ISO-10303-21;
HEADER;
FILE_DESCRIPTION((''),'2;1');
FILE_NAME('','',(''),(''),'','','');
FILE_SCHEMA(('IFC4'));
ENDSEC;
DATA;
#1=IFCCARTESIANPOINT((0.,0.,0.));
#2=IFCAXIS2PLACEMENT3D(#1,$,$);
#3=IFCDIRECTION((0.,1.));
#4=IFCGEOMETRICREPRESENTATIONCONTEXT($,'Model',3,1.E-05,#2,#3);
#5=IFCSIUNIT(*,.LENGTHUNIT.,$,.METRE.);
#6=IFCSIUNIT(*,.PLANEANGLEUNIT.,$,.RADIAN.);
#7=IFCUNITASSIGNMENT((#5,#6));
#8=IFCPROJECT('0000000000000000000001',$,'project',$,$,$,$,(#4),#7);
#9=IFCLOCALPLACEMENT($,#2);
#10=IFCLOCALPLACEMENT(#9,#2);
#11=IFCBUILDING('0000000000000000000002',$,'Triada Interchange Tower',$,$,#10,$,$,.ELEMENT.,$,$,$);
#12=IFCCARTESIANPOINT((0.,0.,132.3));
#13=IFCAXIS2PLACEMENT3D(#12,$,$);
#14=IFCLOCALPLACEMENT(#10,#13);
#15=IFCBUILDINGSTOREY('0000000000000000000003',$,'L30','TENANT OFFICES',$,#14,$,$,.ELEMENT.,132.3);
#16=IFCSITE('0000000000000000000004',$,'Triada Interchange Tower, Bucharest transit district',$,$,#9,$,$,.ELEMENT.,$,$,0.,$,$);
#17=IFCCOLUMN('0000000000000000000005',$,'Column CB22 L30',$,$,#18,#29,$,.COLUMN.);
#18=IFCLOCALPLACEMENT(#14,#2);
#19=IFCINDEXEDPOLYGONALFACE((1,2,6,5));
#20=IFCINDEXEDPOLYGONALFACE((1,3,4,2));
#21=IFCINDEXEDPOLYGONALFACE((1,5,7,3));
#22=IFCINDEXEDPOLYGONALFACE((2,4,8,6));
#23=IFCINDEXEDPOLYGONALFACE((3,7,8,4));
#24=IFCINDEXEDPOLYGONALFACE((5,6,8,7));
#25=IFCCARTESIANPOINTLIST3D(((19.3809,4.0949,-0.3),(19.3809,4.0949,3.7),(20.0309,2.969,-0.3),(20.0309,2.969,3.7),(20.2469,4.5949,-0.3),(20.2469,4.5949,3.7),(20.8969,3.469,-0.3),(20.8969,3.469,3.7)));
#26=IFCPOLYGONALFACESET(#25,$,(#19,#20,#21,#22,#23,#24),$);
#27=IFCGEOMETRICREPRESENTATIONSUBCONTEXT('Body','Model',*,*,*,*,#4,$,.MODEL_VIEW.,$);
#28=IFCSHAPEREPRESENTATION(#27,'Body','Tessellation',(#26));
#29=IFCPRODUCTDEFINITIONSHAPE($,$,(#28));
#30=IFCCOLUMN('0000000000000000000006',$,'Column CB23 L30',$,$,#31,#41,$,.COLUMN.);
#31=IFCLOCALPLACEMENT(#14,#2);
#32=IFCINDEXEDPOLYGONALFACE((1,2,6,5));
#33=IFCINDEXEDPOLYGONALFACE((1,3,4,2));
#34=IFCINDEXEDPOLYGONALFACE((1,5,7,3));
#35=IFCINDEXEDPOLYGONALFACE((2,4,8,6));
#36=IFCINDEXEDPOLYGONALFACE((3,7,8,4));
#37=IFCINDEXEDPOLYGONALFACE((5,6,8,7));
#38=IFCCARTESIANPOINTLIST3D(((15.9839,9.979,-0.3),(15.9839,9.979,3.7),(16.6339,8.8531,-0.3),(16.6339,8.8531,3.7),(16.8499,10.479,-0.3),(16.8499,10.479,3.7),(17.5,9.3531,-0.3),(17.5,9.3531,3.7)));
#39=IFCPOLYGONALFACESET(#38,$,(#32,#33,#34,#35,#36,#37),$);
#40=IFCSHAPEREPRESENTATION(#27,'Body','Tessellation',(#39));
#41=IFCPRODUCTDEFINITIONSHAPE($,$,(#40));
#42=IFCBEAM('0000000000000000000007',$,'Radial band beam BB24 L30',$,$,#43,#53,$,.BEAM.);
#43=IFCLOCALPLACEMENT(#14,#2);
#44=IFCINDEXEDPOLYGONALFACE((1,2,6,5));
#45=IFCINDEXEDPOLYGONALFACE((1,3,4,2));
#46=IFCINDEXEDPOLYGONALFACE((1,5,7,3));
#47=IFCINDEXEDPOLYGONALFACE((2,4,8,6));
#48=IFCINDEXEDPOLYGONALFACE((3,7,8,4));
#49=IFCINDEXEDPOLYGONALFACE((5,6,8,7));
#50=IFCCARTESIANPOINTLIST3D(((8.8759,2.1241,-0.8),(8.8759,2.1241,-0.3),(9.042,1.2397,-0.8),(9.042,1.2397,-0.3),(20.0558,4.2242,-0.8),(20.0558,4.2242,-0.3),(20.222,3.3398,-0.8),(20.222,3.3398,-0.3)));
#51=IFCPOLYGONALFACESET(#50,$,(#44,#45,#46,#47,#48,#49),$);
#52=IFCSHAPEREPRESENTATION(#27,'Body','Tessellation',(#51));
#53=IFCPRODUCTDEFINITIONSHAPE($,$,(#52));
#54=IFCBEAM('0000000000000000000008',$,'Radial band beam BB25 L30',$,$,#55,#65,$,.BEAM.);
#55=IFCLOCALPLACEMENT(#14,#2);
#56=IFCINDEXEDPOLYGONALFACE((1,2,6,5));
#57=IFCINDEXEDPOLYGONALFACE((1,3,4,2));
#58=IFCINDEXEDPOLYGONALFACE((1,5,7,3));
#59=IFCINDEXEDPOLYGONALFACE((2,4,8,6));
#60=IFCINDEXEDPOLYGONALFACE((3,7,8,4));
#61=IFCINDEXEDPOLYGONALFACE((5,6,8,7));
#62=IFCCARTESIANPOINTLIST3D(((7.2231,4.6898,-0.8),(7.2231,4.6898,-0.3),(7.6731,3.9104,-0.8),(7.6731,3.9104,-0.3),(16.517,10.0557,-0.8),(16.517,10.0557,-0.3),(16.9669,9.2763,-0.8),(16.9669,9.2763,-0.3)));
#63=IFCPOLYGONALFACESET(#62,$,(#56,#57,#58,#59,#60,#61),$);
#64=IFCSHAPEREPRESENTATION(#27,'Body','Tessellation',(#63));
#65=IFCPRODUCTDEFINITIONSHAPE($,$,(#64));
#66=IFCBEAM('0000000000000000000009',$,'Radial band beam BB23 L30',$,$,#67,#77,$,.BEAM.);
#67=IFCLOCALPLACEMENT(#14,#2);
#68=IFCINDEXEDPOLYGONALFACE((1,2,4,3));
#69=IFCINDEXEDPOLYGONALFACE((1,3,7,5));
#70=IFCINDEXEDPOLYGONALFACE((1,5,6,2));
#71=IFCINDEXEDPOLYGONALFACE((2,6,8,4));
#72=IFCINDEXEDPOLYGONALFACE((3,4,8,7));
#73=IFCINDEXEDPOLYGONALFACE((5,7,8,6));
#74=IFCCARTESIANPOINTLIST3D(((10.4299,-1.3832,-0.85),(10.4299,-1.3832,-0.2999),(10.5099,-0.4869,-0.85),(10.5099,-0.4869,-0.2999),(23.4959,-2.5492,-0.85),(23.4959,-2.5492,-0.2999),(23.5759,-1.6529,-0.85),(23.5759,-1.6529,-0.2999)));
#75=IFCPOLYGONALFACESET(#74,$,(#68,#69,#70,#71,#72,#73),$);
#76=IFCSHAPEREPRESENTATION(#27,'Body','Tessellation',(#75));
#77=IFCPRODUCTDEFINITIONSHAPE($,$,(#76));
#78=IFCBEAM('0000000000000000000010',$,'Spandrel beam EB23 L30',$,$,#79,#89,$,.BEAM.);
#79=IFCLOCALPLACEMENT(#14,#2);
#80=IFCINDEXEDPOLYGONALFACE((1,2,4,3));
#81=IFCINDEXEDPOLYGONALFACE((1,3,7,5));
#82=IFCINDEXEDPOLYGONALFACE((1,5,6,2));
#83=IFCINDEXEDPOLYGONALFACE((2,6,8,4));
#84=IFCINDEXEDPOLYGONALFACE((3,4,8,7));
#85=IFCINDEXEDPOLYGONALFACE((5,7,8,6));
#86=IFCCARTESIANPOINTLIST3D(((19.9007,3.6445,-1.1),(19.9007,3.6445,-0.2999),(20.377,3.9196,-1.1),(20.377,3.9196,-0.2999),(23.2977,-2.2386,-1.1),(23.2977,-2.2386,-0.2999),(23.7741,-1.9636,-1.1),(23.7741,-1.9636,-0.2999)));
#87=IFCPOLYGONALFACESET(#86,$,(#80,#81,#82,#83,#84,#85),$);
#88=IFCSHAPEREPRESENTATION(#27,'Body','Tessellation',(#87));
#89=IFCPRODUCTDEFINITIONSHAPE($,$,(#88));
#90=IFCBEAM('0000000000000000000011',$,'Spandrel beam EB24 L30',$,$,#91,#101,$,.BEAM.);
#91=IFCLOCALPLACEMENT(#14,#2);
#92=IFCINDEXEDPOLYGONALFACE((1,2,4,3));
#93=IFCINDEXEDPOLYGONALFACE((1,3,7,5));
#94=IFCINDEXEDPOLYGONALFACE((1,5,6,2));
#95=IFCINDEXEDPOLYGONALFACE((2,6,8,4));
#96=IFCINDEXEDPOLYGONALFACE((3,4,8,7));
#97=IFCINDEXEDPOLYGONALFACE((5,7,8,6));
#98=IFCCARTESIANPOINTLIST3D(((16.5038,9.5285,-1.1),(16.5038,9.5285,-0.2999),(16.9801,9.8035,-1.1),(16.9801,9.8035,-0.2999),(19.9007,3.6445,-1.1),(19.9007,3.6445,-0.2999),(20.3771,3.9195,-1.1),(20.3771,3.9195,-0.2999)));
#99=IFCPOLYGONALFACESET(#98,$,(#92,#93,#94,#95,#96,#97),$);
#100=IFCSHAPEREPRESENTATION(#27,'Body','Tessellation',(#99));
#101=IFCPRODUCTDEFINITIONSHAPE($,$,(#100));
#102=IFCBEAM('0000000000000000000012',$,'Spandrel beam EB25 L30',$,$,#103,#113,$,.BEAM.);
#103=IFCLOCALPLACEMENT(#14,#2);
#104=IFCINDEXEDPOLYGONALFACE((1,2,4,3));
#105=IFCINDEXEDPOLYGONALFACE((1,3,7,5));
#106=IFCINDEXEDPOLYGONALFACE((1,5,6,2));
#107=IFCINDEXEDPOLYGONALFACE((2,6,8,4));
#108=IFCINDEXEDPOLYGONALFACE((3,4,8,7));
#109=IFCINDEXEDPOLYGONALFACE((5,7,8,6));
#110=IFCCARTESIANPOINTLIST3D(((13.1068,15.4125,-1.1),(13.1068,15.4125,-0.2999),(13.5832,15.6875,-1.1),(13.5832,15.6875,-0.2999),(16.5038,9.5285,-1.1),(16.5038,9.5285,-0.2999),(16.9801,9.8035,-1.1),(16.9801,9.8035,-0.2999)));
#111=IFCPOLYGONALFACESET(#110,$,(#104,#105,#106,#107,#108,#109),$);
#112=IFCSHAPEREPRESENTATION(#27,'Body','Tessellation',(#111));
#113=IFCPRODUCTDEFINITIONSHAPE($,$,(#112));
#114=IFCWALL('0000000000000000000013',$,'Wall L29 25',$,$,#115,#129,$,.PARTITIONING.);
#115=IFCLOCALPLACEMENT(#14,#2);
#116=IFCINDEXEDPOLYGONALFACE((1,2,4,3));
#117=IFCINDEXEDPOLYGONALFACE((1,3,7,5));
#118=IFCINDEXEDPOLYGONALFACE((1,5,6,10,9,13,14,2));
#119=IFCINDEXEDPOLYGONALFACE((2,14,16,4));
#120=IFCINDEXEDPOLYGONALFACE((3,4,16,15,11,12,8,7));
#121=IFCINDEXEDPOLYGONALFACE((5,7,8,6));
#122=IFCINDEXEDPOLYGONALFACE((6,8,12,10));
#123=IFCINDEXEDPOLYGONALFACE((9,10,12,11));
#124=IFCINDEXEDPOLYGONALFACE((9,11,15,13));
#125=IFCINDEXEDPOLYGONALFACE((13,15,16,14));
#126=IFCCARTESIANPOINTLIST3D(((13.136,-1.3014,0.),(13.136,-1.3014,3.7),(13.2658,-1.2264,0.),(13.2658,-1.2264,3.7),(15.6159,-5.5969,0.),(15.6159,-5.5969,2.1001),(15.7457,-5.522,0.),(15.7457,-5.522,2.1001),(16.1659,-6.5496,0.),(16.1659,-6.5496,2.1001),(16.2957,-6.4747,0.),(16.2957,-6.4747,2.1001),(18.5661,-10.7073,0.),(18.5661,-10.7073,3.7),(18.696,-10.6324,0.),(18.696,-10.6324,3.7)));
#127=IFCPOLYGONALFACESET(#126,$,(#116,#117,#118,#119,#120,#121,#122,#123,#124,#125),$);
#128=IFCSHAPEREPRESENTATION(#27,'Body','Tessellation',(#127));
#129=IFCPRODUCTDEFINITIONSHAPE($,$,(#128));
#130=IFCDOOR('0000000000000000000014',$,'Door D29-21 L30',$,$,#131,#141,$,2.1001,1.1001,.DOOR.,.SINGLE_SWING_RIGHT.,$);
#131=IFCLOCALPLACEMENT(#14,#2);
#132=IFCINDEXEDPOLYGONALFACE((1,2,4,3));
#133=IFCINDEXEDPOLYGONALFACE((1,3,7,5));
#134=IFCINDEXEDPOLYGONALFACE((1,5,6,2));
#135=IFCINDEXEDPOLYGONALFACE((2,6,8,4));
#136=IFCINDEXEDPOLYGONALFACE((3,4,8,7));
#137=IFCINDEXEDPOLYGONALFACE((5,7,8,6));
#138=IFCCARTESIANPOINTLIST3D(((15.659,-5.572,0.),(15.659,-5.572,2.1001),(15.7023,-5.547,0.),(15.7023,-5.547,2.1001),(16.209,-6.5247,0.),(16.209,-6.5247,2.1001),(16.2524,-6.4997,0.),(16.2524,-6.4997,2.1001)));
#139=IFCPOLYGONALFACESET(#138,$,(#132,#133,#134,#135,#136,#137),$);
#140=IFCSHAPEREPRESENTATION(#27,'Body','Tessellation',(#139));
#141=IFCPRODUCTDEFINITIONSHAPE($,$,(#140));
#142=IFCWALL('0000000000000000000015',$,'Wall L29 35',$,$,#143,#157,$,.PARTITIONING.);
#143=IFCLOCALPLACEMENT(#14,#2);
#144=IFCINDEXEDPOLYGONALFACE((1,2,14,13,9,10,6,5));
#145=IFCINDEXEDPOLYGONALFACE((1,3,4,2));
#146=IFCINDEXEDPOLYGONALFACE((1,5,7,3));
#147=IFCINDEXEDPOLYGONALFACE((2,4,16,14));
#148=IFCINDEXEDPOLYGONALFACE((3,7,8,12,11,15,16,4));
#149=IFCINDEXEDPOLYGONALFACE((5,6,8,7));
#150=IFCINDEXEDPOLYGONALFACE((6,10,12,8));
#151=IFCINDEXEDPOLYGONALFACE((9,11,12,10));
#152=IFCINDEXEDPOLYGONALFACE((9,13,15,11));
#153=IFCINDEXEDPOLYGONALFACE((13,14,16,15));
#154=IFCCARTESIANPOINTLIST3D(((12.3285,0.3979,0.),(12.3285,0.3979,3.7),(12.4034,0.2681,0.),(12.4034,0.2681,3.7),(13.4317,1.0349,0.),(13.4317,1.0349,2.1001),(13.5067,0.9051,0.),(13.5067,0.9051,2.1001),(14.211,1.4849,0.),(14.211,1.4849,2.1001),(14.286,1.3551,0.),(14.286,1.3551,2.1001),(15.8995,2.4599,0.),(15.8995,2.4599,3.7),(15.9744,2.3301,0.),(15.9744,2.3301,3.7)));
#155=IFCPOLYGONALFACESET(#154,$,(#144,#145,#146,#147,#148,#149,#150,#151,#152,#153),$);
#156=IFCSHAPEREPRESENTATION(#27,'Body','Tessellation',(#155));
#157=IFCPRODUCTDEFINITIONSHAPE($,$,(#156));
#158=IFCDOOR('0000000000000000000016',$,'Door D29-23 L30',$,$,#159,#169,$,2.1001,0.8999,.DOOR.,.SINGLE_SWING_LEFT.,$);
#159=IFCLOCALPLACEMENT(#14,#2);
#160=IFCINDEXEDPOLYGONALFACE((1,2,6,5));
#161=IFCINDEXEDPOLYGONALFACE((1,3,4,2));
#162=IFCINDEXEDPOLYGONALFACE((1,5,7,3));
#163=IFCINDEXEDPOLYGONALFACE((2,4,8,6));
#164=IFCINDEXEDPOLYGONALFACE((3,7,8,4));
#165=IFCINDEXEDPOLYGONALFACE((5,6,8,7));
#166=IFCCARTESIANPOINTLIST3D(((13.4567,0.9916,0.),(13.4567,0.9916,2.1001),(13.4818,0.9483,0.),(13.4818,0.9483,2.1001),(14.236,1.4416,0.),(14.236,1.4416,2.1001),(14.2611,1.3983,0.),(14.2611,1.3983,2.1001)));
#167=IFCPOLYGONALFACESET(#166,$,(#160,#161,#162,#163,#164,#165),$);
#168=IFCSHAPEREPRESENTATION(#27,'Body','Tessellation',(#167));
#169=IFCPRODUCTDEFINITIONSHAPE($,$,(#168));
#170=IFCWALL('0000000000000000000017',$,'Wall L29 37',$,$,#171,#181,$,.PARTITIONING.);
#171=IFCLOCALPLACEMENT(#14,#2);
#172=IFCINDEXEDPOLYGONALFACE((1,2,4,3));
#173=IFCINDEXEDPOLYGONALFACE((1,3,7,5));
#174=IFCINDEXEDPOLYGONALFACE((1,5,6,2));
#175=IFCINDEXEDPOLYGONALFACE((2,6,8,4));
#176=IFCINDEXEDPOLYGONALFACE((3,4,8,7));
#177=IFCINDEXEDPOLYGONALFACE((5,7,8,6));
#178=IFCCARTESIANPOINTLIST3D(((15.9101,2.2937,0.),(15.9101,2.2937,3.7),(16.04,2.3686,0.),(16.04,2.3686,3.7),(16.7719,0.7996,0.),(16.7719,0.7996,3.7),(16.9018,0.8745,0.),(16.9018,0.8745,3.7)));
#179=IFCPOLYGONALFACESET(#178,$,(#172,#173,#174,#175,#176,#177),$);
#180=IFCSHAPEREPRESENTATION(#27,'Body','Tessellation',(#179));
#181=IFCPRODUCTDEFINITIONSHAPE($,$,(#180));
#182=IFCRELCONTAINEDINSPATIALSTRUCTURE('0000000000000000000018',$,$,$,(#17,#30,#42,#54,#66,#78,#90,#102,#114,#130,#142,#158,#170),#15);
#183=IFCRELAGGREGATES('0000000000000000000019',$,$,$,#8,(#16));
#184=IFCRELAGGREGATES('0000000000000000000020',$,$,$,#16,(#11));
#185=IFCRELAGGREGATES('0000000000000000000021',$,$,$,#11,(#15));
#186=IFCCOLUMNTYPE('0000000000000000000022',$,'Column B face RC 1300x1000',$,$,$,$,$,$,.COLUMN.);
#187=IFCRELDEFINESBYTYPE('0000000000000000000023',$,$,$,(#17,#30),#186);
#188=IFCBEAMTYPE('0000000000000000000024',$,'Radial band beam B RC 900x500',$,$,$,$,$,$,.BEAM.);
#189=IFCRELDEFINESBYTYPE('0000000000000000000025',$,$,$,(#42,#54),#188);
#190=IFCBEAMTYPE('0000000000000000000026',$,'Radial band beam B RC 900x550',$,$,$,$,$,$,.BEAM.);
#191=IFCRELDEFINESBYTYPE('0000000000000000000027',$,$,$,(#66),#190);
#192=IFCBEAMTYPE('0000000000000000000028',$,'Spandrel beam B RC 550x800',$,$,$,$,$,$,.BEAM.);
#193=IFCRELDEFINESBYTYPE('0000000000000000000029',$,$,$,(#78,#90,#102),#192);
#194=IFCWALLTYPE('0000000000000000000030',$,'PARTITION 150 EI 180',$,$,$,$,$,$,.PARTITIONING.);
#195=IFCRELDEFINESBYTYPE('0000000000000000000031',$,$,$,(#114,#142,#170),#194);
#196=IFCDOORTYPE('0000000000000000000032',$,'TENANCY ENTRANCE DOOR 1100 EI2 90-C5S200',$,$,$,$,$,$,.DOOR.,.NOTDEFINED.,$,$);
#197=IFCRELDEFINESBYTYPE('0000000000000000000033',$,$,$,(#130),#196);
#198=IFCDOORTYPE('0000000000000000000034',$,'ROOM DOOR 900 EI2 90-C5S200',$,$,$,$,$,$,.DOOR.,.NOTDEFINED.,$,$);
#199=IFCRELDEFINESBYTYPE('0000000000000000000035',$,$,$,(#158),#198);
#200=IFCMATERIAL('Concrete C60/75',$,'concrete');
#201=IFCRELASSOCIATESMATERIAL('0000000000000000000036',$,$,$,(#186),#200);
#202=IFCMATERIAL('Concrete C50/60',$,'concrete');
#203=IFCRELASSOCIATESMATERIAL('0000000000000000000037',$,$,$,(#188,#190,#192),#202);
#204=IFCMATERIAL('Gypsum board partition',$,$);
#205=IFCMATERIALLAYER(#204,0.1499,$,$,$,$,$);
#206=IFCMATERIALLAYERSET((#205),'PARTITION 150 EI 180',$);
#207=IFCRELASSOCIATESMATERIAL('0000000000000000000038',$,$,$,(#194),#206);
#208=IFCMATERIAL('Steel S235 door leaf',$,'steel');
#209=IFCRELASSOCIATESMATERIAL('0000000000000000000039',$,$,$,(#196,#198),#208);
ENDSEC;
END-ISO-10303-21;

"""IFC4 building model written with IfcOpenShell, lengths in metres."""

from ifc_helpers import new_model, si_unit, direction, frame, frame_2d, origin, origin_2d, place, context, subcontext, project, spatial, rectangle, extrude, material, layer, layer_set, material_profile, profile_set, type_object, element, fill, save


model = new_model("IFC4")

# Units and contexts
model_context = context("Model", 3, precision=1e-05, world=origin(), true_north=direction((0.0, 1.0)))
body_context = subcontext(model_context, "Body", "Model", "MODEL_VIEW")
ifc_project = project(units=[si_unit("LENGTHUNIT", "METRE"), si_unit("PLANEANGLEUNIT", "RADIAN")], contexts=[model_context])

# Site, building, storey
site_placement = place(None, origin())
site = spatial("IfcSite", under=ifc_project, at=site_placement, Name="Triada Interchange Tower, Bucharest transit district", CompositionType="ELEMENT", RefElevation=0.0)
building_placement = place(site_placement, origin())
building = spatial("IfcBuilding", under=site, at=building_placement, Name="Triada Interchange Tower", CompositionType="ELEMENT")
storey_placement = place(building_placement, frame((0.0, 0.0, 132.3)))
storey = spatial("IfcBuildingStorey", under=building, at=storey_placement, Name="L30", Description="TENANT OFFICES", CompositionType="ELEMENT", Elevation=132.3)

# Columns
ifc_material_1 = material(Name="Concrete C60/75", Category="concrete")
ifc_material_profile_1 = material_profile(ifc_material_1, rectangle(XDim=1.3, YDim=1.0, at=origin_2d()), Name="RC 1300x1000")
ifc_profile_set_1 = profile_set([ifc_material_profile_1], Name="Concrete C60/75")
column_type = type_object("IfcColumnType", Name="Column B face RC 1300x1000", PredefinedType="COLUMN", material=ifc_profile_set_1)
for number, where, z_axis, x_axis, name in (
    (1, (20.1389, 3.782, -0.3), (0.0, 0.0, 1.0), (-0.5, 0.866025, 0.0), "Column CB22 L30"),
    (2, (16.7419, 9.666, -0.3), (0.0, 0.0, 1.0), (-0.5, 0.866025, 0.0), "Column CB23 L30"),
):
    element("IfcColumn", number, at=place(storey_placement, frame(where, z_axis=z_axis, x_axis=x_axis)), inside=storey, type_object=column_type, Name=name, PredefinedType="COLUMN", context=body_context, shape_type="SweptSolid", body=[
        extrude(rectangle(XDim=1.3, YDim=1.0, at=origin_2d()), origin(), (0.0, 0.0, 1.0), 4.0),
    ])

# Beams
ifc_material_2 = material(Name="Concrete C50/60", Category="concrete")
ifc_material_profile_2 = material_profile(ifc_material_2, rectangle(XDim=0.8999, YDim=0.5, at=origin_2d()), Name="RC 900x500")
ifc_profile_set_2 = profile_set([ifc_material_profile_2], Name="Concrete C50/60")
beam_type_1 = type_object("IfcBeamType", Name="Radial band beam B RC 900x500", PredefinedType="BEAM", material=ifc_profile_set_2)
beam_1_placement = place(storey_placement, frame((20.1389, 3.782, -0.55), z_axis=(-0.982811, -0.184616, 0.0), x_axis=(0.184616, -0.982811, 0.0)))
element("IfcBeam", 3, at=beam_1_placement, inside=storey, type_object=beam_type_1, Name="Radial band beam BB24 L30", PredefinedType="BEAM", context=body_context, shape_type="SweptSolid", body=[
    extrude(rectangle(XDim=0.8999, YDim=0.5, at=origin_2d()), origin(), (0.0, 0.0, 1.0), 11.3755),
])
beam_2_placement = place(storey_placement, frame((16.7419, 9.666, -0.55), z_axis=(-0.866021, -0.500007, 0.0), x_axis=(0.500007, -0.866021, 0.0)))
element("IfcBeam", 4, at=beam_2_placement, inside=storey, type_object=beam_type_1, Name="Radial band beam BB25 L30", PredefinedType="BEAM", context=body_context, shape_type="SweptSolid", body=[
    extrude(rectangle(XDim=0.8999, YDim=0.5, at=origin_2d()), origin(), (0.0, 0.0, 1.0), 10.7317),
])
ifc_material_profile_3 = material_profile(ifc_material_2, rectangle(XDim=0.8999, YDim=0.55, at=origin_2d()), Name="RC 900x550")
ifc_profile_set_3 = profile_set([ifc_material_profile_3], Name="Concrete C50/60")
beam_type_2 = type_object("IfcBeamType", Name="Radial band beam B RC 900x550", PredefinedType="BEAM", material=ifc_profile_set_3)
beam_3_placement = place(storey_placement, frame((23.5359, -2.1011, -0.575), z_axis=(-0.996042, 0.088888, 0.0), x_axis=(-0.088888, -0.996042, 0.0)))
element("IfcBeam", 5, at=beam_3_placement, inside=storey, type_object=beam_type_2, Name="Radial band beam BB23 L30", PredefinedType="BEAM", context=body_context, shape_type="SweptSolid", body=[
    extrude(rectangle(XDim=0.8999, YDim=0.55, at=origin_2d()), origin(), (0.0, 0.0, 1.0), 13.1179),
])
ifc_material_profile_4 = material_profile(ifc_material_2, rectangle(XDim=0.55, YDim=0.8, at=origin_2d()), Name="RC 550x800")
ifc_profile_set_4 = profile_set([ifc_material_profile_4], Name="Concrete C50/60")
beam_type_3 = type_object("IfcBeamType", Name="Spandrel beam B RC 550x800", PredefinedType="BEAM", material=ifc_profile_set_4)
beam_4_placement = place(storey_placement, frame((23.5359, -2.1011, -0.7), z_axis=(-0.500043, 0.866001, 0.0), x_axis=(-0.866001, -0.500043, 0.0)))
element("IfcBeam", 6, at=beam_4_placement, inside=storey, type_object=beam_type_3, Name="Spandrel beam EB23 L30", PredefinedType="BEAM", context=body_context, shape_type="SweptSolid", body=[
    extrude(rectangle(XDim=0.55, YDim=0.8, at=origin_2d()), origin(), (0.0, 0.0, 1.0), 6.7935),
])
for number, where, z_axis, x_axis, name in (
    (7, (20.1389, 3.782, -0.7), (-0.499981, 0.866037, 0.0), (-0.866037, -0.499981, 0.0), "Spandrel beam EB24 L30"),
    (8, (16.7419, 9.666, -0.7), (-0.499981, 0.866037, 0.0), (-0.866037, -0.499981, 0.0), "Spandrel beam EB25 L30"),
):
    element("IfcBeam", number, at=place(storey_placement, frame(where, z_axis=z_axis, x_axis=x_axis)), inside=storey, type_object=beam_type_3, Name=name, PredefinedType="BEAM", context=body_context, shape_type="SweptSolid", body=[
        extrude(rectangle(XDim=0.55, YDim=0.8, at=origin_2d()), origin(), (0.0, 0.0, 1.0), 6.7942),
    ])

# Walls, openings, doors
ifc_material_3 = material(Name="Gypsum board partition")
ifc_layer_1 = layer(ifc_material_3, 0.1499)
ifc_layer_set_1 = layer_set([ifc_layer_1], Name="PARTITION 150 EI 180")
wall_type = type_object("IfcWallType", Name="PARTITION 150 EI 180", PredefinedType="PARTITIONING", material=ifc_layer_set_1)
wall_1_placement = place(storey_placement, frame((13.2009, -1.2639, 0.0), z_axis=(0.0, 0.0, 1.0), x_axis=(0.499973, -0.866041, 0.0)))
wall_1 = element("IfcWall", 9, at=wall_1_placement, inside=storey, type_object=wall_type, Name="Wall L29 25", PredefinedType="PARTITIONING", context=body_context, shape_type="SweptSolid", body=[
    extrude(rectangle(XDim=10.8608, YDim=0.1499, at=frame_2d((5.4304, 0.0))), origin(), (0.0, 0.0, 1.0), 3.7),
])
opening_1_placement = place(wall_1_placement, frame((4.96, 0.0, 0.0)))
opening_1 = element("IfcOpeningElement", 10, at=opening_1_placement, cuts=wall_1, PredefinedType="OPENING", context=body_context, shape_type="SweptSolid", body=[
    extrude(rectangle(XDim=1.1001, YDim=2.1001, at=frame_2d((0.55, 1.05))), frame((0.0, 0.085, 0.0), z_axis=(0.0, -1.0, 0.0), x_axis=(1.0, 0.0, 0.0)), (0.0, 0.0, 1.0), 0.1699),
])
ifc_material_4 = material(Name="Steel S235 door leaf", Category="steel")
door_type_1 = type_object("IfcDoorType", Name="TENANCY ENTRANCE DOOR 1100 EI2 90-C5S200", OperationType="NOTDEFINED", PredefinedType="DOOR", material=ifc_material_4)
door_1_placement = place(opening_1_placement, origin())
door_1 = element("IfcDoor", 11, at=door_1_placement, inside=storey, type_object=door_type_1, Name="Door D29-21 L30", OperationType="SINGLE_SWING_RIGHT", OverallHeight=2.1001, OverallWidth=1.1001, PredefinedType="DOOR", context=body_context, shape_type="SweptSolid", body=[
    extrude(rectangle(XDim=1.1001, YDim=2.1001, at=frame_2d((0.55, 1.05))), frame((0.0, 0.0249, 0.0), z_axis=(0.0, -1.0, 0.0), x_axis=(1.0, 0.0, 0.0)), (0.0, 0.0, 1.0), 0.05),
])
fill(opening_1, door_1)
wall_2_placement = place(storey_placement, frame((12.366, 0.333, 0.0), z_axis=(0.0, 0.0, 1.0), x_axis=(0.865997, 0.500049, 0.0)))
wall_2 = element("IfcWall", 12, at=wall_2_placement, inside=storey, type_object=wall_type, Name="Wall L29 35", PredefinedType="PARTITIONING", context=body_context, shape_type="SweptSolid", body=[
    extrude(rectangle(XDim=4.1235, YDim=0.1499, at=frame_2d((2.0618, 0.0))), origin(), (0.0, 0.0, 1.0), 3.7),
])
opening_2_placement = place(wall_2_placement, frame((1.2739, 0.0, 0.0)))
opening_2 = element("IfcOpeningElement", 13, at=opening_2_placement, cuts=wall_2, PredefinedType="OPENING", context=body_context, shape_type="SweptSolid", body=[
    extrude(rectangle(XDim=0.8999, YDim=2.1001, at=frame_2d((0.45, 1.05))), frame((0.0, 0.085, 0.0), z_axis=(0.0, -1.0, 0.0), x_axis=(1.0, 0.0, 0.0)), (0.0, 0.0, 1.0), 0.1699),
])
door_type_2 = type_object("IfcDoorType", Name="ROOM DOOR 900 EI2 90-C5S200", OperationType="NOTDEFINED", PredefinedType="DOOR", material=ifc_material_4)
door_2_placement = place(opening_2_placement, origin())
door_2 = element("IfcDoor", 14, at=door_2_placement, inside=storey, type_object=door_type_2, Name="Door D29-23 L30", OperationType="SINGLE_SWING_LEFT", OverallHeight=2.1001, OverallWidth=0.8999, PredefinedType="DOOR", context=body_context, shape_type="SweptSolid", body=[
    extrude(rectangle(XDim=0.8999, YDim=2.1001, at=frame_2d((0.45, 1.05))), frame((0.0, 0.0249, 0.0), z_axis=(0.0, -1.0, 0.0), x_axis=(1.0, 0.0, 0.0)), (0.0, 0.0, 1.0), 0.05),
])
fill(opening_2, door_2)

# Wall
wall_3_placement = place(storey_placement, frame((15.9751, 2.3311, 0.0), z_axis=(0.0, 0.0, 1.0), x_axis=(0.499641, -0.866233, 0.0)))
element("IfcWall", 15, at=wall_3_placement, inside=storey, type_object=wall_type, Name="Wall L29 37", PredefinedType="PARTITIONING", context=body_context, shape_type="SweptSolid", body=[
    extrude(rectangle(XDim=1.7249, YDim=0.1499, at=frame_2d((0.8623, 0.0))), origin(), (0.0, 0.0, 1.0), 3.7),
])

save(model, "model.ifc")
